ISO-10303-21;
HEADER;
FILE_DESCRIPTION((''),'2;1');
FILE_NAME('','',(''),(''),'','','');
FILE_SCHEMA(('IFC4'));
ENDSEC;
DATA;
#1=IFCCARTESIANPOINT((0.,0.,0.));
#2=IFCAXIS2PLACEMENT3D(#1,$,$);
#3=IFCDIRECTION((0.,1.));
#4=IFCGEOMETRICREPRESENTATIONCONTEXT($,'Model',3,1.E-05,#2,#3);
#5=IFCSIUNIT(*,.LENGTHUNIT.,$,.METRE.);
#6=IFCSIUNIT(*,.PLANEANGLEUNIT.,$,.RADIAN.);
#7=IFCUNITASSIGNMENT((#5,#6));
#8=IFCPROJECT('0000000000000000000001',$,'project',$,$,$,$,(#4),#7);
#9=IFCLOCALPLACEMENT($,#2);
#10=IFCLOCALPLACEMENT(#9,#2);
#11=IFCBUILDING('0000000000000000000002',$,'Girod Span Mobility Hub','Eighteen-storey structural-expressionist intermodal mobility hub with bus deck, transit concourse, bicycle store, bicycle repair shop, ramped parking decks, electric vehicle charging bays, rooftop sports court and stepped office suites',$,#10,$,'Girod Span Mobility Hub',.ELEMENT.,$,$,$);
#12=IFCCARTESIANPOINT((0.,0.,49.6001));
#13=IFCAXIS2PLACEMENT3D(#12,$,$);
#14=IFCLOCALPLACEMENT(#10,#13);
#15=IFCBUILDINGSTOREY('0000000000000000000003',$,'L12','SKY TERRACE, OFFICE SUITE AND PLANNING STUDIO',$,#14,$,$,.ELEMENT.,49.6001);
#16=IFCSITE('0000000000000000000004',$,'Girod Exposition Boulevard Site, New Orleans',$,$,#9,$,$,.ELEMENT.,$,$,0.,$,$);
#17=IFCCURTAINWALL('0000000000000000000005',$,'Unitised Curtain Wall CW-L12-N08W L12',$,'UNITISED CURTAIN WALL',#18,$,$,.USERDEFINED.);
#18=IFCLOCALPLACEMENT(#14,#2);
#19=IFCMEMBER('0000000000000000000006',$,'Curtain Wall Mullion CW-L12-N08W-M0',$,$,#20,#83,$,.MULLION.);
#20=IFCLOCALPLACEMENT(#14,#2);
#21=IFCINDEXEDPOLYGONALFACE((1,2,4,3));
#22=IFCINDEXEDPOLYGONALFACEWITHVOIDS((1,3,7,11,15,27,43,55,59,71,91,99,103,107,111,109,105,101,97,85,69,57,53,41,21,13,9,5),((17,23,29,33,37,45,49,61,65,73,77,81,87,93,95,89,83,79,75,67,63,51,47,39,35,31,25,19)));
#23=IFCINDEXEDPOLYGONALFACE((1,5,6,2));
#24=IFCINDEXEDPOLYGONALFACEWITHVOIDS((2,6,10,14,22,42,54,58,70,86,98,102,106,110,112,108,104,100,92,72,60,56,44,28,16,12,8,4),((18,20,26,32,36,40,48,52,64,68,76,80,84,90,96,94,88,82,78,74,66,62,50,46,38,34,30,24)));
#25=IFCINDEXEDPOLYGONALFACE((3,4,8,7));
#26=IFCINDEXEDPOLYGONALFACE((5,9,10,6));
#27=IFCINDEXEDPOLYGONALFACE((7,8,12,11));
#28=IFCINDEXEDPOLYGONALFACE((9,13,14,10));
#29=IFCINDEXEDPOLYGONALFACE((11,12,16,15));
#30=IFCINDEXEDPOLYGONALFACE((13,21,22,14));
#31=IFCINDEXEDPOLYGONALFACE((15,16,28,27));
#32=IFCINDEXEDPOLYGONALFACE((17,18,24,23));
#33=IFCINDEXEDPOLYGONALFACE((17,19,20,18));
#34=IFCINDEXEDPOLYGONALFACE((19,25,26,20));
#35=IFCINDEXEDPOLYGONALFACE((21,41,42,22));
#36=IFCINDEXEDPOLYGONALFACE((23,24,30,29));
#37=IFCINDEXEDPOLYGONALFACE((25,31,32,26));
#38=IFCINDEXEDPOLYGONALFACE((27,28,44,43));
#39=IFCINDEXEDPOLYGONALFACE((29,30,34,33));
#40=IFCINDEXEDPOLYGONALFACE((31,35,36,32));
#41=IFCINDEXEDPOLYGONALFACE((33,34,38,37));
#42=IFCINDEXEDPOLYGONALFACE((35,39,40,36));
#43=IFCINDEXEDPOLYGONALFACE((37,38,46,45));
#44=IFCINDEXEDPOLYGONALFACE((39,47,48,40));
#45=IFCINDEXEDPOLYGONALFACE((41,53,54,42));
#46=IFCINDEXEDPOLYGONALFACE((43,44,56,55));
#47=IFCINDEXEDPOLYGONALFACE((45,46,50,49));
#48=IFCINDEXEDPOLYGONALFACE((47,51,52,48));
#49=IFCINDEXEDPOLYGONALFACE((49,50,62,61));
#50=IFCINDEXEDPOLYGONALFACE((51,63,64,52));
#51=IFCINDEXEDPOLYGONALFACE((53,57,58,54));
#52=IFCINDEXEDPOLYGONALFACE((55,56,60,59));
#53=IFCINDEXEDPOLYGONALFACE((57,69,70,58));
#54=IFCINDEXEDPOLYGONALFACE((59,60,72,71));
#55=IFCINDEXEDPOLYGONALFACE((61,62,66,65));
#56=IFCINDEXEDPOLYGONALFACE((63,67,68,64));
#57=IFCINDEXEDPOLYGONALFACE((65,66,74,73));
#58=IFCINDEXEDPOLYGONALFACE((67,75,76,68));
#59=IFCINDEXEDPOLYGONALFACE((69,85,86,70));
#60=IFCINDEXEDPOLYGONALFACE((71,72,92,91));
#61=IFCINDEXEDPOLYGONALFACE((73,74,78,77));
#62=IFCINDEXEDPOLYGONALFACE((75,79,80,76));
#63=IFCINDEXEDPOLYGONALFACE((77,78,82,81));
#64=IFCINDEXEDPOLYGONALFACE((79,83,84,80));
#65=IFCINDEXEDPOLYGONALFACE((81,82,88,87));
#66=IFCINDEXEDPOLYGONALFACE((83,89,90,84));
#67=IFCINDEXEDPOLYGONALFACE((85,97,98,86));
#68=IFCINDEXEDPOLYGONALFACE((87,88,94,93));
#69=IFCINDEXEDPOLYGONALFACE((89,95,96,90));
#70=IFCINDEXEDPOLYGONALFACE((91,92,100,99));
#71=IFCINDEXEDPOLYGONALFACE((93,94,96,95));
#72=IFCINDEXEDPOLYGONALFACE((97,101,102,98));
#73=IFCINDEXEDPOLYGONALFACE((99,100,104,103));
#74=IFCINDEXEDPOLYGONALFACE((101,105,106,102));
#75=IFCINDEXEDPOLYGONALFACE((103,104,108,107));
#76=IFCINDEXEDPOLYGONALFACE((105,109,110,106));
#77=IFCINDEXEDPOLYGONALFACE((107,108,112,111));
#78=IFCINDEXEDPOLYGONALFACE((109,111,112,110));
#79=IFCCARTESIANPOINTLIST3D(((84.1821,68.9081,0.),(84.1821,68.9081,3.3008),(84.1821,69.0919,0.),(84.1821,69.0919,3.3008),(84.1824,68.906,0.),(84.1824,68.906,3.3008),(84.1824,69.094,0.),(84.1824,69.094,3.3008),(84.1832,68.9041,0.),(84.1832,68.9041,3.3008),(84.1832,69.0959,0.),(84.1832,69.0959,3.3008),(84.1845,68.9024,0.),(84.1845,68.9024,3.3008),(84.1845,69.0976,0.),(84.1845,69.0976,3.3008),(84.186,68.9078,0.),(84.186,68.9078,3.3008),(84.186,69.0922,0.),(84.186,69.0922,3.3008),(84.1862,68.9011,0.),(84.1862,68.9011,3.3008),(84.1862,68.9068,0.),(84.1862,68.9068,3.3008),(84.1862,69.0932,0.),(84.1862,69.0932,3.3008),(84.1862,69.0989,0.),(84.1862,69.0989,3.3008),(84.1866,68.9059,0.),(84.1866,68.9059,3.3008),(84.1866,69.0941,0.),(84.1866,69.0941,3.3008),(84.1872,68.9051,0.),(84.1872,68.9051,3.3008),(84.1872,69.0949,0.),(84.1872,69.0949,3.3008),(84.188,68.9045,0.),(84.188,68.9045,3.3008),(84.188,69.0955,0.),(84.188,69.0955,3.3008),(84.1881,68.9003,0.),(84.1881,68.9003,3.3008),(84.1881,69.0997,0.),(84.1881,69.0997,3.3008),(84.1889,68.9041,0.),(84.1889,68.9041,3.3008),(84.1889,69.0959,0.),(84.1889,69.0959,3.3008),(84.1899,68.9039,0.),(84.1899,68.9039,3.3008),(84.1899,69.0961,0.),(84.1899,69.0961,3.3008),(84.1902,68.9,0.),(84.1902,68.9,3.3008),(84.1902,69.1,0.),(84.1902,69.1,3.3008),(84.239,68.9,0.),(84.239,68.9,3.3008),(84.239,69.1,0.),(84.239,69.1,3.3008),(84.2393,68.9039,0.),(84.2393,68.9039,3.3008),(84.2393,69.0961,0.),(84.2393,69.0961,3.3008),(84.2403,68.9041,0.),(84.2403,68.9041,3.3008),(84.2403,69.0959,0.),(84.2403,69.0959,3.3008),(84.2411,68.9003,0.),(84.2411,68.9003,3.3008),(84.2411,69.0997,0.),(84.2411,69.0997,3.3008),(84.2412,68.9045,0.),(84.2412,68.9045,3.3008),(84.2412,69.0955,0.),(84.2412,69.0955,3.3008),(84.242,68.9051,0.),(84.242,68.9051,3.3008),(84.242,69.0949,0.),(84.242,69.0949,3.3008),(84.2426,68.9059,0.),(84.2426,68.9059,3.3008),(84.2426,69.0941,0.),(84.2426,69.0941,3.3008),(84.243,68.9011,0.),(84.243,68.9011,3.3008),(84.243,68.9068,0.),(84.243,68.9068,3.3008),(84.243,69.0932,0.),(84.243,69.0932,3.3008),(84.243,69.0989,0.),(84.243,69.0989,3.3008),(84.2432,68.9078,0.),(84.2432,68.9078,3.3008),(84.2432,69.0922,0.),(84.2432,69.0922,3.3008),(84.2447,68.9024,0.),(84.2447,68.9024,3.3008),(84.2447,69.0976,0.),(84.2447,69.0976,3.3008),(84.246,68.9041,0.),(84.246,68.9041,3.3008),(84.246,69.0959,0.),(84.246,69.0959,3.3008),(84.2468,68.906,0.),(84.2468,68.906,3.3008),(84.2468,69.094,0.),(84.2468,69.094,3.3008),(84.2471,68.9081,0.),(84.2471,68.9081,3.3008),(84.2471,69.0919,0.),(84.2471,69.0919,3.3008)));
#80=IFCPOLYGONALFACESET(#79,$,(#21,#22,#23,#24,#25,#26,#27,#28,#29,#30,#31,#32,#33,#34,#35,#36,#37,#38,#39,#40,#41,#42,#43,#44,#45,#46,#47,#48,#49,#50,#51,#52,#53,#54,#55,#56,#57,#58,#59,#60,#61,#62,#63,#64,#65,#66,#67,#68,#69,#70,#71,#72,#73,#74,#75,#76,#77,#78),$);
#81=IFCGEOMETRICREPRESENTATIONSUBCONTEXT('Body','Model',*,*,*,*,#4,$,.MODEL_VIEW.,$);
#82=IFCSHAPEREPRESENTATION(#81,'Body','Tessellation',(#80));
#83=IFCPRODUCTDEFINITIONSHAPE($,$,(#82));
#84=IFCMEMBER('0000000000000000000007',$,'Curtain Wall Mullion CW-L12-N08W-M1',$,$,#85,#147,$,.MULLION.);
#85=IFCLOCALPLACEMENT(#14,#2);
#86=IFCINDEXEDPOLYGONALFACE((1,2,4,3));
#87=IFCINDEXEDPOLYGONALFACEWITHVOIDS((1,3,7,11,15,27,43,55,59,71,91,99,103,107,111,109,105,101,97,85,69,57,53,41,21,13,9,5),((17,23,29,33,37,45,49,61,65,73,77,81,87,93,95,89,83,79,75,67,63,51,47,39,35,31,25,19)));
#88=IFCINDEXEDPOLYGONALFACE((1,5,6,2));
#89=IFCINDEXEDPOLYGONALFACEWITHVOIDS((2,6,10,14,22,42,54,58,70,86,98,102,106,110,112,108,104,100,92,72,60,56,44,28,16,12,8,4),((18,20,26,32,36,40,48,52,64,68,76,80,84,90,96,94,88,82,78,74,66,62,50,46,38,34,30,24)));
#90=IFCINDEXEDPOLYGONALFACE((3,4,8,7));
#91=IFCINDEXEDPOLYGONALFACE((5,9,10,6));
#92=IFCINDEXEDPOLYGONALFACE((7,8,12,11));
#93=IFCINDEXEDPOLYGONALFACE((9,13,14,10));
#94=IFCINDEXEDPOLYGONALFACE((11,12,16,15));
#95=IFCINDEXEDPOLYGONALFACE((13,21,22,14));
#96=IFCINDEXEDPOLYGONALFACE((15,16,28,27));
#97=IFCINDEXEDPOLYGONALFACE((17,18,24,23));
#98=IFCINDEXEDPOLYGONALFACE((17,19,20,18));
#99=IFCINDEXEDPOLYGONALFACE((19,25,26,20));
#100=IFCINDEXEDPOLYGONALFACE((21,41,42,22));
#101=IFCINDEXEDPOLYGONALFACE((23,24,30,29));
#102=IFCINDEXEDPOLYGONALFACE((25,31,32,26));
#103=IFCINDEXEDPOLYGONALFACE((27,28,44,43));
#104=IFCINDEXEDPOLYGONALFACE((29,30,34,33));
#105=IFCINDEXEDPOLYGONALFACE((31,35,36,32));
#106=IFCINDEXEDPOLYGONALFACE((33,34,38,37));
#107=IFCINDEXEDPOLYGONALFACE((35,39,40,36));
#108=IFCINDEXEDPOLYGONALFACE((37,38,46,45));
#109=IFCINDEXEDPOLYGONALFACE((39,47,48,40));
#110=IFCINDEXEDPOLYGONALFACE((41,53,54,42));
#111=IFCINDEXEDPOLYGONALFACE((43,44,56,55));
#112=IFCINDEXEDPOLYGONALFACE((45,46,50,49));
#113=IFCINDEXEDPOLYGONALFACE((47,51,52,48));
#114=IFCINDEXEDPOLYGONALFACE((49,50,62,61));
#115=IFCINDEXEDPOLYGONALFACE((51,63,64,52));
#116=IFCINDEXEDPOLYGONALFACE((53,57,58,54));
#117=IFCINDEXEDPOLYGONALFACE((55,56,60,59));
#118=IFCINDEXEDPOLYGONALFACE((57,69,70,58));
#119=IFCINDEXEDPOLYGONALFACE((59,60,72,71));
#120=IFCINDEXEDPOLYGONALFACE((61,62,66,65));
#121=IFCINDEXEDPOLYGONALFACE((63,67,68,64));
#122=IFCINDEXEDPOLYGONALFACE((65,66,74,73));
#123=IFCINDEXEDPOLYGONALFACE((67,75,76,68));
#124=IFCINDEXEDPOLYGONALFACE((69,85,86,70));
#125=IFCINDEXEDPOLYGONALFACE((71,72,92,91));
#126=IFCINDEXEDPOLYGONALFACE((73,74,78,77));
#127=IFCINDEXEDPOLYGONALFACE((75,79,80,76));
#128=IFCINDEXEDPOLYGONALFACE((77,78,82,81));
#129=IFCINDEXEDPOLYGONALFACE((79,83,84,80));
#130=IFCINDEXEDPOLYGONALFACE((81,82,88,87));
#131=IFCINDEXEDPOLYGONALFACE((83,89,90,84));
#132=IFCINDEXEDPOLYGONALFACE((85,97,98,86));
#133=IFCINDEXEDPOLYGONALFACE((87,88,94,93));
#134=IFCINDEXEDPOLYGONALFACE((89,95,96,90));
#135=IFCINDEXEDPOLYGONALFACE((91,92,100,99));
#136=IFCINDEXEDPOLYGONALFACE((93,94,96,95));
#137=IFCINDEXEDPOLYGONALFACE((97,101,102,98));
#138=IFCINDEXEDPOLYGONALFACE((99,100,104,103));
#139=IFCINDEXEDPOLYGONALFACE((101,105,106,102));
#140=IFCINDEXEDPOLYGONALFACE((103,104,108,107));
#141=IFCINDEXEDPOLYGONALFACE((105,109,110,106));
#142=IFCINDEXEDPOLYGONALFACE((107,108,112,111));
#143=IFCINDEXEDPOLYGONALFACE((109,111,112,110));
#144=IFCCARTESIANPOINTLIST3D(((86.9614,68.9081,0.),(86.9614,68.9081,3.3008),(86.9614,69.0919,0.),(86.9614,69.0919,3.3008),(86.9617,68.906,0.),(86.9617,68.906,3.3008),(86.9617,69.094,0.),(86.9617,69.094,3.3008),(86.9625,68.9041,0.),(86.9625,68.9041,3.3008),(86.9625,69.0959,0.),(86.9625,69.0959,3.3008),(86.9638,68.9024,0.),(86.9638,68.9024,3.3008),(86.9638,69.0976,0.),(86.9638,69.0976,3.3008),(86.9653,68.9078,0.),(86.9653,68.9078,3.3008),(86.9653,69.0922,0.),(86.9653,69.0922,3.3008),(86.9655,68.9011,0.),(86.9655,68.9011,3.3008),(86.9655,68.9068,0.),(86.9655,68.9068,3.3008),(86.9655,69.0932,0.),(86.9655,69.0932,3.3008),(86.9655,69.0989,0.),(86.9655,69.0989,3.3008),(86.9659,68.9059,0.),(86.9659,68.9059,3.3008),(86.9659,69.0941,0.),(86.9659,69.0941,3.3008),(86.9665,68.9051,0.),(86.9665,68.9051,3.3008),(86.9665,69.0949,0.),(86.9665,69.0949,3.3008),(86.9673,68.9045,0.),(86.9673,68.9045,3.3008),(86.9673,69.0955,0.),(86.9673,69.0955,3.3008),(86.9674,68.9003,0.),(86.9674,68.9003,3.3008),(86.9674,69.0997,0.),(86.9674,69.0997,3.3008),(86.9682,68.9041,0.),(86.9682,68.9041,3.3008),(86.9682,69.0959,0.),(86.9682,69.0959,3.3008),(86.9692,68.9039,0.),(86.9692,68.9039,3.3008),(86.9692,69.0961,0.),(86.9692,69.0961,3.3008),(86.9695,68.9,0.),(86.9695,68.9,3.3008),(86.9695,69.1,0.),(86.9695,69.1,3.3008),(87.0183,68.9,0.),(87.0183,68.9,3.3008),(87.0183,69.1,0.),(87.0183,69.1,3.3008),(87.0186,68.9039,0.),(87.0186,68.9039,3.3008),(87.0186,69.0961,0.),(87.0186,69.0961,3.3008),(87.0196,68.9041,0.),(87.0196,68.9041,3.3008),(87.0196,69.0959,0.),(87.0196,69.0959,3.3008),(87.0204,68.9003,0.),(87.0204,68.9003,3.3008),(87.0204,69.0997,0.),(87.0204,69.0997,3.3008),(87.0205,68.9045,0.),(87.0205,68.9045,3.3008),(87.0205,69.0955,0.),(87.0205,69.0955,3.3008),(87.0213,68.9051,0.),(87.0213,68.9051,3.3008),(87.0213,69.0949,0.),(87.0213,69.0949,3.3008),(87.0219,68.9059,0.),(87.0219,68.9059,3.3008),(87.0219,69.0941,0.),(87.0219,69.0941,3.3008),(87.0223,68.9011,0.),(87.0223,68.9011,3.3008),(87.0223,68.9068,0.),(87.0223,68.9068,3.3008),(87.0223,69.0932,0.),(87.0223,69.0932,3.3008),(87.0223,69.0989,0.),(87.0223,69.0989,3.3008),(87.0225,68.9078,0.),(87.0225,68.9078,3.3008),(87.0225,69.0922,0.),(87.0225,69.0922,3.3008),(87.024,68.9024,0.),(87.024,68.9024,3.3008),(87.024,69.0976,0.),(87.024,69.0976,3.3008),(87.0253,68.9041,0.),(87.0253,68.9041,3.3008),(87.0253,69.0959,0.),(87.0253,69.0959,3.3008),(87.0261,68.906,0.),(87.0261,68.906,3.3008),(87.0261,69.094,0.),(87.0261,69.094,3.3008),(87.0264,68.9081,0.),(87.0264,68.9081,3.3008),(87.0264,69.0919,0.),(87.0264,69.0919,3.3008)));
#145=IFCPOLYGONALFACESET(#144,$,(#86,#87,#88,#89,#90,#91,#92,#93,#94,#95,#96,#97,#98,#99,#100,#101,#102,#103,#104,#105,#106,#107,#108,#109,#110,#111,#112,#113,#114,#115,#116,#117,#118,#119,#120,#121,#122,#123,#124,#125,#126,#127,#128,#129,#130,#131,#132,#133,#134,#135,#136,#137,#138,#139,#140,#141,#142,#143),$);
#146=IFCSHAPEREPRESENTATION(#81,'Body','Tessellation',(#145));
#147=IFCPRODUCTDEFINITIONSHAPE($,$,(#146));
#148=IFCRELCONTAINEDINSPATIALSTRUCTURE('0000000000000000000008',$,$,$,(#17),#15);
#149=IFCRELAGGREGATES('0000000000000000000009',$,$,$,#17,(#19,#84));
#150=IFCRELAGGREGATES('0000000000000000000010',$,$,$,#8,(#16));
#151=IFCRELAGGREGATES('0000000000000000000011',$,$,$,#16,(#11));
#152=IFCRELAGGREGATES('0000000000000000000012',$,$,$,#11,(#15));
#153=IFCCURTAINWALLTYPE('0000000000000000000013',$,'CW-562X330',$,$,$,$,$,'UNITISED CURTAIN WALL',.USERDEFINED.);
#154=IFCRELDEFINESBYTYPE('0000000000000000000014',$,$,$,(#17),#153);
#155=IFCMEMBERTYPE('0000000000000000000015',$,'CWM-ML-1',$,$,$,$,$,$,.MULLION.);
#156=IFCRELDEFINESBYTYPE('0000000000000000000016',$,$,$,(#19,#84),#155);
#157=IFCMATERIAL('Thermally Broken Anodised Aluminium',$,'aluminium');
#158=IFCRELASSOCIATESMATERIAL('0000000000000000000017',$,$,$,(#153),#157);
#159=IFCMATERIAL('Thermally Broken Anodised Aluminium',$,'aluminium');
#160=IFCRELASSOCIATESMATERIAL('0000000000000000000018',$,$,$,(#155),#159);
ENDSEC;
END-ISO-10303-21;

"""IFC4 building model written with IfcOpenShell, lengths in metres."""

from ifc_helpers import new_model, si_unit, direction, frame, origin, origin_2d, place, context, subcontext, project, spatial, hollow_rectangle, extrude, material, material_profile, profile_set, type_object, element, aggregate, save


model = new_model("IFC4")

# Units and contexts
model_context = context("Model", 3, precision=1e-05, world=origin(), true_north=direction((0.0, 1.0)))
body_context = subcontext(model_context, "Body", "Model", "MODEL_VIEW")
ifc_project = project(units=[si_unit("LENGTHUNIT", "METRE"), si_unit("PLANEANGLEUNIT", "RADIAN")], contexts=[model_context])

# Site, building, storey
site_placement = place(None, origin())
site = spatial("IfcSite", under=ifc_project, at=site_placement, Name="Girod Exposition Boulevard Site, New Orleans", CompositionType="ELEMENT", RefElevation=0.0)
building_placement = place(site_placement, origin())
building = spatial("IfcBuilding", under=site, at=building_placement, Name="Girod Span Mobility Hub", Description="Eighteen-storey structural-expressionist intermodal mobility hub with bus deck, transit concourse, bicycle store, bicycle repair shop, ramped parking decks, electric vehicle charging bays, rooftop sports court and stepped office suites", LongName="Girod Span Mobility Hub", CompositionType="ELEMENT")
storey_placement = place(building_placement, frame((0.0, 0.0, 49.6001)))
storey = spatial("IfcBuildingStorey", under=building, at=storey_placement, Name="L12", Description="SKY TERRACE, OFFICE SUITE AND PLANNING STUDIO", CompositionType="ELEMENT", Elevation=49.6001)

# Curtain wall, members
ifc_material_1 = material(Name="Thermally Broken Anodised Aluminium", Category="aluminium")
curtain_wall_type = type_object("IfcCurtainWallType", Name="CW-562X330", ElementType="UNITISED CURTAIN WALL", PredefinedType="USERDEFINED", material=ifc_material_1)
ifc_material_2 = material(Name="Thermally Broken Anodised Aluminium", Category="aluminium")
ifc_material_profile_1 = material_profile(ifc_material_2, hollow_rectangle(XDim=0.2, YDim=0.0649, WallThickness=0.0039, InnerFilletRadius=0.0039, OuterFilletRadius=0.0081, at=origin_2d()), Name="CW-ML-65X200")
ifc_profile_set_1 = profile_set([ifc_material_profile_1], Name="Thermally Broken Anodised Aluminium")
member_type_1 = type_object("IfcMemberType", Name="CWM-ML-1", PredefinedType="MULLION", material=ifc_profile_set_1)
curtain_wall_1_placement = place(storey_placement, origin())
curtain_wall_1 = element("IfcCurtainWall", 1, at=curtain_wall_1_placement, inside=storey, type_object=curtain_wall_type, Name="Unitised Curtain Wall CW-L12-N08W L12", ObjectType="UNITISED CURTAIN WALL", PredefinedType="USERDEFINED")
member_1_placement = place(storey_placement, frame((84.2146, 69.0, 0.0), z_axis=(0.0, 0.0, 1.0), x_axis=(0.0, 1.0, 0.0)))
member_1 = element("IfcMember", 2, at=member_1_placement, type_object=member_type_1, Name="Curtain Wall Mullion CW-L12-N08W-M0", PredefinedType="MULLION", context=body_context, shape_type="SweptSolid", body=[
    extrude(hollow_rectangle(XDim=0.2, YDim=0.0649, WallThickness=0.0039, InnerFilletRadius=0.0039, OuterFilletRadius=0.0081, at=origin_2d()), origin(), (0.0, 0.0, 1.0), 3.3008),
])
member_2_placement = place(storey_placement, frame((86.9939, 69.0, 0.0), z_axis=(0.0, 0.0, 1.0), x_axis=(0.0, 1.0, 0.0)))
member_2 = element("IfcMember", 3, at=member_2_placement, type_object=member_type_1, Name="Curtain Wall Mullion CW-L12-N08W-M1", PredefinedType="MULLION", context=body_context, shape_type="SweptSolid", body=[
    extrude(hollow_rectangle(XDim=0.2, YDim=0.0649, WallThickness=0.0039, InnerFilletRadius=0.0039, OuterFilletRadius=0.0081, at=origin_2d()), origin(), (0.0, 0.0, 1.0), 3.3008),
])

aggregate(curtain_wall_1, [member_1, member_2])

save(model, "model.ifc")
